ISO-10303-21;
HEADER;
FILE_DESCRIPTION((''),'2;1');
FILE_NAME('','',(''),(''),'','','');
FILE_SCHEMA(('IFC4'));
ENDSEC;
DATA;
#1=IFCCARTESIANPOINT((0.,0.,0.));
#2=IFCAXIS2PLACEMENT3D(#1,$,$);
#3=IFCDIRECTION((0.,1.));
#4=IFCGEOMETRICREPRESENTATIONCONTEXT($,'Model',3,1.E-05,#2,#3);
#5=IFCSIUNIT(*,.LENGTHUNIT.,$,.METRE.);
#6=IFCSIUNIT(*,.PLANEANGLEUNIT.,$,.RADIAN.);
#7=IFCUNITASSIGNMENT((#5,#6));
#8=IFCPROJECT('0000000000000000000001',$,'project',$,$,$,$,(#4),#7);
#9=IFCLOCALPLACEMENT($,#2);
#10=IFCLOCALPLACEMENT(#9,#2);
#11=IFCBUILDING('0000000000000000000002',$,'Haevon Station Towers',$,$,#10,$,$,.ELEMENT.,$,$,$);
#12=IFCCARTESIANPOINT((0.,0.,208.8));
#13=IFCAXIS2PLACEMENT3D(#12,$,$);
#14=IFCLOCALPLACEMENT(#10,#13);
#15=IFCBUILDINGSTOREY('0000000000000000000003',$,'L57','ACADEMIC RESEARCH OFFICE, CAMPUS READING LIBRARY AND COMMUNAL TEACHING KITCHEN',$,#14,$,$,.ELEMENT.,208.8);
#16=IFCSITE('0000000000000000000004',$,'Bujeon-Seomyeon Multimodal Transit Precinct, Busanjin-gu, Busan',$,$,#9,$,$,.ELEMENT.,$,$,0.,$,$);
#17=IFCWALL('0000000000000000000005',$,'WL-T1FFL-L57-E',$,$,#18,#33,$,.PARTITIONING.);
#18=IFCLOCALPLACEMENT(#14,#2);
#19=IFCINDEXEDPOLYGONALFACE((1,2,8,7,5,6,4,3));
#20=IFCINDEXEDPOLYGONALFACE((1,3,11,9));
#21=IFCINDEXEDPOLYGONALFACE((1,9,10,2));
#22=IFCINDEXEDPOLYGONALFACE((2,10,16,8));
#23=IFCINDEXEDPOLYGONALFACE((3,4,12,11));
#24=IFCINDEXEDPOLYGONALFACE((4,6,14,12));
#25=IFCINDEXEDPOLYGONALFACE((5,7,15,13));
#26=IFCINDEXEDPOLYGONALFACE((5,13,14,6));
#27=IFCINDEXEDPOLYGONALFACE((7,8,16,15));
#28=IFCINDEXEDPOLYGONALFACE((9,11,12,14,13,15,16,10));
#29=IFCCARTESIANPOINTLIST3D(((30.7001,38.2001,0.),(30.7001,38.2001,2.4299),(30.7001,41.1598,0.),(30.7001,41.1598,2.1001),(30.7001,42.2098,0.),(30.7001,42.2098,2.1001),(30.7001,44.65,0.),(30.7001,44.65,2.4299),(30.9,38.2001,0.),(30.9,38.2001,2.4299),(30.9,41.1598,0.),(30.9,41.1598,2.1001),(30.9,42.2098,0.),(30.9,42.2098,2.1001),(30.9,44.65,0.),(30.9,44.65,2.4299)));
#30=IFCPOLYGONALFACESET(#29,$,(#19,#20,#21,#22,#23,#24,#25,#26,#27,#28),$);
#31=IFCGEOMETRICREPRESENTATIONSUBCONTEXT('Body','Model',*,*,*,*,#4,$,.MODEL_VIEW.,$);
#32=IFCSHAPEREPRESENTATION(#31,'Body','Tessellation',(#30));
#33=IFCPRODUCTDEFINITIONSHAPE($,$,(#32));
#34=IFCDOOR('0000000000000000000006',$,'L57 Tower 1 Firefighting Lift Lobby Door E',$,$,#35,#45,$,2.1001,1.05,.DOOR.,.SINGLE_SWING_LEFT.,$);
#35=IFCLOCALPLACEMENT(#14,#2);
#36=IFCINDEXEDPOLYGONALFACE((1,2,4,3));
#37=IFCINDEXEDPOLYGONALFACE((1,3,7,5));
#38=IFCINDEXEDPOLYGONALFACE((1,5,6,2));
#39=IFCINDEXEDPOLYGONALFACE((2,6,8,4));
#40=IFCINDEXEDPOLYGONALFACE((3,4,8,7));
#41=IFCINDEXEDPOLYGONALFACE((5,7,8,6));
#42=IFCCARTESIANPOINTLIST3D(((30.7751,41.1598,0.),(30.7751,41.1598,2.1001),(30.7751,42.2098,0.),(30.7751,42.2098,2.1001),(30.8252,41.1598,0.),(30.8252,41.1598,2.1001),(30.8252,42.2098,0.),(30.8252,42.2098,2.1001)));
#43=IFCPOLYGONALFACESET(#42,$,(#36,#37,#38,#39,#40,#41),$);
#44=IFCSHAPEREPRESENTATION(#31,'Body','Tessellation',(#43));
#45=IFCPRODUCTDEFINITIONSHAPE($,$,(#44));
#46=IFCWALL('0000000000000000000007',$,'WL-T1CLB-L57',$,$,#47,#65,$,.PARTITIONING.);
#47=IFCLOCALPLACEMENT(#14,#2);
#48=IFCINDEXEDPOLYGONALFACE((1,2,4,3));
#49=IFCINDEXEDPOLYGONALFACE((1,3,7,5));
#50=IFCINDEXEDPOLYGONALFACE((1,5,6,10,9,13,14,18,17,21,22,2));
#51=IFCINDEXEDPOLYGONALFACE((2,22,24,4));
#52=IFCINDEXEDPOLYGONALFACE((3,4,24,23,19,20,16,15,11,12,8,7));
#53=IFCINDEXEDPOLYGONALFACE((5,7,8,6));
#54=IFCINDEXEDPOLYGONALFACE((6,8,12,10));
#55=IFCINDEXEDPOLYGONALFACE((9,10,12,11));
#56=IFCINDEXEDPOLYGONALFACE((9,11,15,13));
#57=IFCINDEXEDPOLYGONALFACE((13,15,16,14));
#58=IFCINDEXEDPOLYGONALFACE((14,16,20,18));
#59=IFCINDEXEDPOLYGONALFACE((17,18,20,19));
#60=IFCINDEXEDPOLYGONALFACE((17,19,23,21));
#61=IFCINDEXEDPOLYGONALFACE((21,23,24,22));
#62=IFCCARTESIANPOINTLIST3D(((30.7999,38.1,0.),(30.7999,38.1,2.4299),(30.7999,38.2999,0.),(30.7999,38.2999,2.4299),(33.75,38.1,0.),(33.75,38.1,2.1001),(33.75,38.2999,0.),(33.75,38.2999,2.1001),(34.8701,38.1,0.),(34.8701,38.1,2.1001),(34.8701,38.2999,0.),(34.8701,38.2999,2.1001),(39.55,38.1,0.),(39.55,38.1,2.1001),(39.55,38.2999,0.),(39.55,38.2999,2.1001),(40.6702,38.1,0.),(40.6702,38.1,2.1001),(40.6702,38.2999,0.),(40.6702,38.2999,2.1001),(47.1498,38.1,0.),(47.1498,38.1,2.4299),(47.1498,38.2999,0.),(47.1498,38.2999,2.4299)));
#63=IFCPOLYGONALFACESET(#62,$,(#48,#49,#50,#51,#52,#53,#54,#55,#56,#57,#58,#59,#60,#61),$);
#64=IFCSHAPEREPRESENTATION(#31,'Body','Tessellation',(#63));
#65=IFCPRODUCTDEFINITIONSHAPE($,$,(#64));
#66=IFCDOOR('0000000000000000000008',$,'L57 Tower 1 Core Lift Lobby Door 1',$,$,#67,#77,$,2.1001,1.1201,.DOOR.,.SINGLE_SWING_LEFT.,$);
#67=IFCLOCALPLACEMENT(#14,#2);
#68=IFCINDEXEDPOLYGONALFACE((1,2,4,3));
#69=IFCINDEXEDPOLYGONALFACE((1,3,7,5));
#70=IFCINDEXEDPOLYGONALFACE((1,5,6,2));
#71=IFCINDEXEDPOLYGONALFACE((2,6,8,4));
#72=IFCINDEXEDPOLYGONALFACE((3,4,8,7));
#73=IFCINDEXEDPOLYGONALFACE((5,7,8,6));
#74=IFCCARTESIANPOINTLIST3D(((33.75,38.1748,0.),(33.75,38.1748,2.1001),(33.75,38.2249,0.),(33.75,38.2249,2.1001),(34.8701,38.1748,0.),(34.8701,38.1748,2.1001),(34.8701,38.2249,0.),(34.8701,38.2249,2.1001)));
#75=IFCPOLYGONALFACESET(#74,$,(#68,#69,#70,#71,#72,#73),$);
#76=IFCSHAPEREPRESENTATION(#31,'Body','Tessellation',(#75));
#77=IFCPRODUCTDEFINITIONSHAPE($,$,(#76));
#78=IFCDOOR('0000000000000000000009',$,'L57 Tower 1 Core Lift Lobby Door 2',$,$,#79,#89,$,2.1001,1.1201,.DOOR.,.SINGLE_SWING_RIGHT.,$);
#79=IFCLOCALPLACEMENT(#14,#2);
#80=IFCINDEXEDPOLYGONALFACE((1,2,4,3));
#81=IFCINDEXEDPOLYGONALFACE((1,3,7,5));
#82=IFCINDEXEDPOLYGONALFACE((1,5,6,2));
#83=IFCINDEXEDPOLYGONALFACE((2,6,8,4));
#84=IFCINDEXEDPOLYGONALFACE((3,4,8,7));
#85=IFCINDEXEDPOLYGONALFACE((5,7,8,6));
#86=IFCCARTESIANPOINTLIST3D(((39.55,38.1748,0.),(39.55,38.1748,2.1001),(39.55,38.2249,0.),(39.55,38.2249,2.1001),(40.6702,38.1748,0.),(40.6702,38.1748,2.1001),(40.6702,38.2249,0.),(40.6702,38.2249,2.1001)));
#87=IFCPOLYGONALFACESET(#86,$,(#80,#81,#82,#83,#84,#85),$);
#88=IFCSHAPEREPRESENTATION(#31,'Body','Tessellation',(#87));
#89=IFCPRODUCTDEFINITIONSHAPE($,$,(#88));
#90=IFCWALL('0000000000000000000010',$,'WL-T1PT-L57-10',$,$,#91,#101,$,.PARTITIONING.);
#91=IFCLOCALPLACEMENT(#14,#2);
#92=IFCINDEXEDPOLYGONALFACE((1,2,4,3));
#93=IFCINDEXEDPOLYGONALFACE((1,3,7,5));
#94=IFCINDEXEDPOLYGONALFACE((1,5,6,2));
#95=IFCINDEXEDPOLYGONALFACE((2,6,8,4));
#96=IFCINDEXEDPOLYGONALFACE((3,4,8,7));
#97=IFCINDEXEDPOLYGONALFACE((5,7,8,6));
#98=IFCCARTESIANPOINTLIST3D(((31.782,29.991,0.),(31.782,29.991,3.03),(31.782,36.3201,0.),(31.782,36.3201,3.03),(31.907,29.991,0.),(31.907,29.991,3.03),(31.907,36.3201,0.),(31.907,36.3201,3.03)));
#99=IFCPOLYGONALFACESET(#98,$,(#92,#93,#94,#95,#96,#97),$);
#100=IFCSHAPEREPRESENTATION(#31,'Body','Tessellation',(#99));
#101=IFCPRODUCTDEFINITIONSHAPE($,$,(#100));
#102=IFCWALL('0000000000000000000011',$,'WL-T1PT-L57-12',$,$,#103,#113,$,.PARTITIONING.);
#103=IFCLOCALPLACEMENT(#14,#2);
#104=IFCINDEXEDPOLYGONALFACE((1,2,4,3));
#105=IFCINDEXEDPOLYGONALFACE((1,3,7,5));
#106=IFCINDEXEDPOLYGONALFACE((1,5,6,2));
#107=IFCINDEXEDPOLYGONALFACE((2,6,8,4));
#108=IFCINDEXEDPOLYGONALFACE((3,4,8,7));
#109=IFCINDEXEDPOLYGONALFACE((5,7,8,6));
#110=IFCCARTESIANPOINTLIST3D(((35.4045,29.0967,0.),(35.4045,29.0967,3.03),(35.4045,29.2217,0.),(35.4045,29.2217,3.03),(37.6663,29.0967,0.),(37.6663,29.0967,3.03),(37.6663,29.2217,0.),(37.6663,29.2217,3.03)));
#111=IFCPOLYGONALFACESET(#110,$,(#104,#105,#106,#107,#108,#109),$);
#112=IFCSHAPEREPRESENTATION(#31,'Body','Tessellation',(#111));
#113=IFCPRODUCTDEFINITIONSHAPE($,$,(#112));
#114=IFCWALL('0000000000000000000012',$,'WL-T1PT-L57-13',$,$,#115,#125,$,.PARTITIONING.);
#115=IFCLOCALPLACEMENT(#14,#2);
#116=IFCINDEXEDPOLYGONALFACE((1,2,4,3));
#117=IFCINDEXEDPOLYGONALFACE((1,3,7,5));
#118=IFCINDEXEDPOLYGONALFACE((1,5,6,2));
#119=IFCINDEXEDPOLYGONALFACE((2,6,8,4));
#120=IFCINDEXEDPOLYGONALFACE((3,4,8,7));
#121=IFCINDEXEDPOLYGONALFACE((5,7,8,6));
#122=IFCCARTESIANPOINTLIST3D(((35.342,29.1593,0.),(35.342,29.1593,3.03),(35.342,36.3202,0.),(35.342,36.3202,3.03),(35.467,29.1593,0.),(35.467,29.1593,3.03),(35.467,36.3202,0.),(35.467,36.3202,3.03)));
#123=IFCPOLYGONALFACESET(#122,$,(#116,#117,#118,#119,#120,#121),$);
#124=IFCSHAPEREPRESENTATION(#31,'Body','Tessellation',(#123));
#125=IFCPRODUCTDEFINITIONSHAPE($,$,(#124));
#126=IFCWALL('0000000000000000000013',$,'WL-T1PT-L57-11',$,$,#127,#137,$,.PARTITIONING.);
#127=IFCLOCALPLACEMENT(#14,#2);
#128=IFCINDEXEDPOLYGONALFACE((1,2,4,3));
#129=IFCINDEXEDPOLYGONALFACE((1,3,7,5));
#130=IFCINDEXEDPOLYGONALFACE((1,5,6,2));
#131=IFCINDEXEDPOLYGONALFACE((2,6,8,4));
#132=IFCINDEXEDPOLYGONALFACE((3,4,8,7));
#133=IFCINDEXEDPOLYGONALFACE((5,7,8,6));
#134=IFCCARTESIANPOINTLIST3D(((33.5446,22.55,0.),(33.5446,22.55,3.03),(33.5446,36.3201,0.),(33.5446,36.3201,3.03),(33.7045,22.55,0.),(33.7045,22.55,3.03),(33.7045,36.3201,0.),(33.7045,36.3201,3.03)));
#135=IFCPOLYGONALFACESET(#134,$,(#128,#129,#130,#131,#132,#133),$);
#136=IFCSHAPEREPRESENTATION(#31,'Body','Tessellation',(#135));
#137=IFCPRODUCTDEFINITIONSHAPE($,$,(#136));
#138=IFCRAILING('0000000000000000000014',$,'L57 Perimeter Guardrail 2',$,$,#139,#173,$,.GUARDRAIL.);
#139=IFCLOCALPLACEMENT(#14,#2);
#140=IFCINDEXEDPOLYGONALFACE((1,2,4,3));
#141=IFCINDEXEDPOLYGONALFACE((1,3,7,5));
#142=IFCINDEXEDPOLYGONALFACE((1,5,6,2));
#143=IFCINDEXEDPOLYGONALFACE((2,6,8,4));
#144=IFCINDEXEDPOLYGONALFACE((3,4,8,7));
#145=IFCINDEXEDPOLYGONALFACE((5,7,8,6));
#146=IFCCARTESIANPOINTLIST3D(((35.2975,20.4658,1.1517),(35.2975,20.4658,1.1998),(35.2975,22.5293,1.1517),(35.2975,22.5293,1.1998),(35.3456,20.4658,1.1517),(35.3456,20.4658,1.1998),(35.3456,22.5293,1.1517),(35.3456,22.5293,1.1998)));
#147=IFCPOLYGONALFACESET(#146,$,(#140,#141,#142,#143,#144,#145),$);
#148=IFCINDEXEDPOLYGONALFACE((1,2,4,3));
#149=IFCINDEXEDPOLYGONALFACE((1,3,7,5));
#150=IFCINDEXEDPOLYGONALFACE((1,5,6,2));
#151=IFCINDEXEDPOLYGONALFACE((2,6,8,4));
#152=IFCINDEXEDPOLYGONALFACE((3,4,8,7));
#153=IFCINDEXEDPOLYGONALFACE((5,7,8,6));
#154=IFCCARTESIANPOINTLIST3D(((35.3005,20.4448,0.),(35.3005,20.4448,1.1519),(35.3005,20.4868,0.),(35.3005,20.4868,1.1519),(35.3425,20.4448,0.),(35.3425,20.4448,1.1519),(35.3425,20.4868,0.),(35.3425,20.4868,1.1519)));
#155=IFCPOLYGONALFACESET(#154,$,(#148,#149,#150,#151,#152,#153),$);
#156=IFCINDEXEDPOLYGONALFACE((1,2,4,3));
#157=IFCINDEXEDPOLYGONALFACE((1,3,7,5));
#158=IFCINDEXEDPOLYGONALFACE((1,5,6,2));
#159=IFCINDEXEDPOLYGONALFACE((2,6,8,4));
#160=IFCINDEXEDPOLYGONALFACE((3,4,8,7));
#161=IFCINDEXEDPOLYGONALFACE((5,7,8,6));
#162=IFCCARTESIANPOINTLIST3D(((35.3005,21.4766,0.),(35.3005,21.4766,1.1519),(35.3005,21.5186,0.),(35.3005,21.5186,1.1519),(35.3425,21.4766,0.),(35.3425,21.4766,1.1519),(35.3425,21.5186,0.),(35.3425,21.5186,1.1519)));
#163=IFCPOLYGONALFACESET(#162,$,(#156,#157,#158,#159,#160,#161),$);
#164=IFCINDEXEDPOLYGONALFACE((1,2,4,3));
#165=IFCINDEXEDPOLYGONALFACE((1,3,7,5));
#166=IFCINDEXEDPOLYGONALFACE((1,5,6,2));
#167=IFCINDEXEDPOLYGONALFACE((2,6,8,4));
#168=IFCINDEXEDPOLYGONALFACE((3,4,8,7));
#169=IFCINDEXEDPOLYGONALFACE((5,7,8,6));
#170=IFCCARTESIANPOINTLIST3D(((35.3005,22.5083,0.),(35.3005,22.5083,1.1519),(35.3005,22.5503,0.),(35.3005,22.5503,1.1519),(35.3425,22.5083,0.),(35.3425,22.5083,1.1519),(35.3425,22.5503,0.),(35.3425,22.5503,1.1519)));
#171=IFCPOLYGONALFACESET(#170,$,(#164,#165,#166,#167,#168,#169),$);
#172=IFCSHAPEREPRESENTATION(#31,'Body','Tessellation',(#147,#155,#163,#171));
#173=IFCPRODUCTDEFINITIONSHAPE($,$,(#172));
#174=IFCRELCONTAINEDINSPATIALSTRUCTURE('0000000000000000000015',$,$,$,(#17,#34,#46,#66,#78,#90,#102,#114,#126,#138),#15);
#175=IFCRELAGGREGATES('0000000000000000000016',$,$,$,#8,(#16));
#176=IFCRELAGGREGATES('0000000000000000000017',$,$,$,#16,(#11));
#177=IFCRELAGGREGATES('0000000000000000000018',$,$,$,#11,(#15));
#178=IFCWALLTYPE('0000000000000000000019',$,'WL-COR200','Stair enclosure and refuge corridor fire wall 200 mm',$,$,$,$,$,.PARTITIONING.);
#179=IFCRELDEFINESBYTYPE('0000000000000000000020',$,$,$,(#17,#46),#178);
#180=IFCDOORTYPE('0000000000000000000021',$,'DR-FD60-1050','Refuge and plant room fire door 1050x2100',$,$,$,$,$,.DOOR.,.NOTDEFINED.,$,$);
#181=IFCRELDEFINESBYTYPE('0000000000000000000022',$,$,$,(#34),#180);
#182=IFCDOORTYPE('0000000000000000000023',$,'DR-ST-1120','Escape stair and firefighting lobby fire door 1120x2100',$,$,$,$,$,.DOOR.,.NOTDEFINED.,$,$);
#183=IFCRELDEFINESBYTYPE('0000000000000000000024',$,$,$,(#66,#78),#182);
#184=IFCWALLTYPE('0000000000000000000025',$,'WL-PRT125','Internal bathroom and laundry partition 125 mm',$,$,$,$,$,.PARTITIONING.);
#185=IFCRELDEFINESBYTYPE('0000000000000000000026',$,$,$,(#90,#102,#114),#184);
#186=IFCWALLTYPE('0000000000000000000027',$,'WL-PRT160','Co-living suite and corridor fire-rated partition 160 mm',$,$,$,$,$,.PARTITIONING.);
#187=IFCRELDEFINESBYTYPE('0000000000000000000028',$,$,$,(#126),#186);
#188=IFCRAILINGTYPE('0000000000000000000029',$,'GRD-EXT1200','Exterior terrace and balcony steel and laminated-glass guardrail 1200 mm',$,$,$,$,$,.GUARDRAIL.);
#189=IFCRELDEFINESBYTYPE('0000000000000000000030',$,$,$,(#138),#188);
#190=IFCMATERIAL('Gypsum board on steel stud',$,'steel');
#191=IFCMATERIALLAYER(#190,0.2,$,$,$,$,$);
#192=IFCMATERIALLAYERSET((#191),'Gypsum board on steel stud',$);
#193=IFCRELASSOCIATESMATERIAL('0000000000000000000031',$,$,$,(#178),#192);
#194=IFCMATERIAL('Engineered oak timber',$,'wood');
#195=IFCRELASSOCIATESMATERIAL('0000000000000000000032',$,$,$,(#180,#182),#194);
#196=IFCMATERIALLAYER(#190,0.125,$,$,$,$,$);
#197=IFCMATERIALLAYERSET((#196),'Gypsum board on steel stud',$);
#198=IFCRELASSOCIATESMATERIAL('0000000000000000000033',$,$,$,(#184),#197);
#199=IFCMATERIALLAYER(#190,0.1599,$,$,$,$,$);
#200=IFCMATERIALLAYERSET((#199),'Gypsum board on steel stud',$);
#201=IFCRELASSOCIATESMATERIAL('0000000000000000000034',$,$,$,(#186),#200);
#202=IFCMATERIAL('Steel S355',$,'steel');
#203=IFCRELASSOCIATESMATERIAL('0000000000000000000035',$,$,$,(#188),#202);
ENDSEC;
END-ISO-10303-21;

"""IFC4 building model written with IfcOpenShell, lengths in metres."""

from ifc_helpers import new_model, si_unit, direction, frame, frame_2d, origin, origin_2d, place, context, subcontext, project, spatial, rectangle, extrude, material, layer, layer_set, type_object, element, fill, save


model = new_model("IFC4")

# Units and contexts
model_context = context("Model", 3, precision=1e-05, world=origin(), true_north=direction((0.0, 1.0)))
body_context = subcontext(model_context, "Body", "Model", "MODEL_VIEW")
ifc_project = project(units=[si_unit("LENGTHUNIT", "METRE"), si_unit("PLANEANGLEUNIT", "RADIAN")], contexts=[model_context])

# Site, building, storey
site_placement = place(None, origin())
site = spatial("IfcSite", under=ifc_project, at=site_placement, Name="Bujeon-Seomyeon Multimodal Transit Precinct, Busanjin-gu, Busan", CompositionType="ELEMENT", RefElevation=0.0)
building_placement = place(site_placement, origin())
building = spatial("IfcBuilding", under=site, at=building_placement, Name="Haevon Station Towers", CompositionType="ELEMENT")
storey_placement = place(building_placement, frame((0.0, 0.0, 208.8)))
storey = spatial("IfcBuildingStorey", under=building, at=storey_placement, Name="L57", Description="ACADEMIC RESEARCH OFFICE, CAMPUS READING LIBRARY AND COMMUNAL TEACHING KITCHEN", CompositionType="ELEMENT", Elevation=208.8)

# Shared definitions
ifc_material_1 = material(Name="Steel S355", Category="steel")

# Wall, opening, door
ifc_material_2 = material(Name="Gypsum board on steel stud", Category="steel")
ifc_layer_1 = layer(ifc_material_2, 0.2)
ifc_layer_set_1 = layer_set([ifc_layer_1], Name="Gypsum board on steel stud")
wall_type_1 = type_object("IfcWallType", Name="WL-COR200", Description="Stair enclosure and refuge corridor fire wall 200 mm", PredefinedType="PARTITIONING", material=ifc_layer_set_1)
wall_1_placement = place(storey_placement, frame((30.8, 38.2, 0.0), z_axis=(0.0, 0.0, 1.0), x_axis=(0.0, 1.0, 0.0)))
wall_1 = element("IfcWall", 1, at=wall_1_placement, inside=storey, type_object=wall_type_1, Name="WL-T1FFL-L57-E", PredefinedType="PARTITIONING", context=body_context, shape_type="SweptSolid", body=[
    extrude(rectangle(XDim=6.45, YDim=0.2, at=frame_2d((3.2251, 0.0))), origin(), (0.0, 0.0, 1.0), 2.4299),
])
opening_1_placement = place(wall_1_placement, frame((2.96, 0.0, 0.0)))
opening_1 = element("IfcOpeningElement", 2, at=opening_1_placement, cuts=wall_1, PredefinedType="OPENING", context=body_context, shape_type="SweptSolid", body=[
    extrude(rectangle(XDim=1.05, YDim=2.1001, at=frame_2d((0.5249, 1.05))), frame((0.0, 0.1099, 0.0), z_axis=(0.0, -1.0, 0.0), x_axis=(1.0, 0.0, 0.0)), (0.0, 0.0, 1.0), 0.22),
])
ifc_material_3 = material(Name="Engineered oak timber", Category="wood")
door_type_1 = type_object("IfcDoorType", Name="DR-FD60-1050", Description="Refuge and plant room fire door 1050x2100", OperationType="NOTDEFINED", PredefinedType="DOOR", material=ifc_material_3)
door_1_placement = place(opening_1_placement, origin())
door_1 = element("IfcDoor", 3, at=door_1_placement, inside=storey, type_object=door_type_1, Name="L57 Tower 1 Firefighting Lift Lobby Door E", OperationType="SINGLE_SWING_LEFT", OverallHeight=2.1001, OverallWidth=1.05, PredefinedType="DOOR", context=body_context, shape_type="SweptSolid", body=[
    extrude(rectangle(XDim=1.05, YDim=2.1001, at=frame_2d((0.5249, 1.05))), frame((0.0, 0.0249, 0.0), z_axis=(0.0, -1.0, 0.0), x_axis=(1.0, 0.0, 0.0)), (0.0, 0.0, 1.0), 0.05),
])
fill(opening_1, door_1)

# Wall, openings, doors
wall_2_placement = place(storey_placement, frame((30.8, 38.2, 0.0), z_axis=(0.0, 0.0, 1.0), x_axis=(1.0, 0.0, 0.0)))
wall_2 = element("IfcWall", 4, at=wall_2_placement, inside=storey, type_object=wall_type_1, Name="WL-T1CLB-L57", PredefinedType="PARTITIONING", context=body_context, shape_type="SweptSolid", body=[
    extrude(rectangle(XDim=16.3499, YDim=0.2, at=frame_2d((8.1748, 0.0))), origin(), (0.0, 0.0, 1.0), 2.4299),
])
opening_2_placement = place(wall_2_placement, frame((2.95, 0.0, 0.0)))
opening_2 = element("IfcOpeningElement", 5, at=opening_2_placement, cuts=wall_2, PredefinedType="OPENING", context=body_context, shape_type="SweptSolid", body=[
    extrude(rectangle(XDim=1.1201, YDim=2.1001, at=frame_2d((0.5601, 1.05))), frame((0.0, 0.1099, 0.0), z_axis=(0.0, -1.0, 0.0), x_axis=(1.0, 0.0, 0.0)), (0.0, 0.0, 1.0), 0.22),
])
opening_3_placement = place(wall_2_placement, frame((8.75, 0.0, 0.0)))
opening_3 = element("IfcOpeningElement", 6, at=opening_3_placement, cuts=wall_2, PredefinedType="OPENING", context=body_context, shape_type="SweptSolid", body=[
    extrude(rectangle(XDim=1.1201, YDim=2.1001, at=frame_2d((0.5601, 1.05))), frame((0.0, 0.1099, 0.0), z_axis=(0.0, -1.0, 0.0), x_axis=(1.0, 0.0, 0.0)), (0.0, 0.0, 1.0), 0.22),
])
door_type_2 = type_object("IfcDoorType", Name="DR-ST-1120", Description="Escape stair and firefighting lobby fire door 1120x2100", OperationType="NOTDEFINED", PredefinedType="DOOR", material=ifc_material_3)
door_2_placement = place(opening_2_placement, origin())
door_2 = element("IfcDoor", 7, at=door_2_placement, inside=storey, type_object=door_type_2, Name="L57 Tower 1 Core Lift Lobby Door 1", OperationType="SINGLE_SWING_LEFT", OverallHeight=2.1001, OverallWidth=1.1201, PredefinedType="DOOR", context=body_context, shape_type="SweptSolid", body=[
    extrude(rectangle(XDim=1.1201, YDim=2.1001, at=frame_2d((0.5601, 1.05))), frame((0.0, 0.0249, 0.0), z_axis=(0.0, -1.0, 0.0), x_axis=(1.0, 0.0, 0.0)), (0.0, 0.0, 1.0), 0.05),
])
fill(opening_2, door_2)
door_3_placement = place(opening_3_placement, origin())
door_3 = element("IfcDoor", 8, at=door_3_placement, inside=storey, type_object=door_type_2, Name="L57 Tower 1 Core Lift Lobby Door 2", OperationType="SINGLE_SWING_RIGHT", OverallHeight=2.1001, OverallWidth=1.1201, PredefinedType="DOOR", context=body_context, shape_type="SweptSolid", body=[
    extrude(rectangle(XDim=1.1201, YDim=2.1001, at=frame_2d((0.5601, 1.05))), frame((0.0, 0.0249, 0.0), z_axis=(0.0, -1.0, 0.0), x_axis=(1.0, 0.0, 0.0)), (0.0, 0.0, 1.0), 0.05),
])
fill(opening_3, door_3)

# Walls
ifc_layer_2 = layer(ifc_material_2, 0.125)
ifc_layer_set_2 = layer_set([ifc_layer_2], Name="Gypsum board on steel stud")
wall_type_2 = type_object("IfcWallType", Name="WL-PRT125", Description="Internal bathroom and laundry partition 125 mm", PredefinedType="PARTITIONING", material=ifc_layer_set_2)
wall_3_placement = place(storey_placement, frame((31.8445, 29.991, 0.0), z_axis=(0.0, 0.0, 1.0), x_axis=(0.0, 1.0, 0.0)))
element("IfcWall", 9, at=wall_3_placement, inside=storey, type_object=wall_type_2, Name="WL-T1PT-L57-10", PredefinedType="PARTITIONING", context=body_context, shape_type="SweptSolid", body=[
    extrude(rectangle(XDim=6.3291, YDim=0.125, at=frame_2d((3.1646, 0.0))), origin(), (0.0, 0.0, 1.0), 3.03),
])
wall_4_placement = place(storey_placement, frame((35.4045, 29.1592, 0.0), z_axis=(0.0, 0.0, 1.0), x_axis=(1.0, 0.0, 0.0)))
element("IfcWall", 10, at=wall_4_placement, inside=storey, type_object=wall_type_2, Name="WL-T1PT-L57-12", PredefinedType="PARTITIONING", context=body_context, shape_type="SweptSolid", body=[
    extrude(rectangle(XDim=2.2617, YDim=0.125, at=frame_2d((1.1309, 0.0))), origin(), (0.0, 0.0, 1.0), 3.03),
])
wall_5_placement = place(storey_placement, frame((35.4045, 29.1592, 0.0), z_axis=(0.0, 0.0, 1.0), x_axis=(0.0, 1.0, 0.0)))
element("IfcWall", 11, at=wall_5_placement, inside=storey, type_object=wall_type_2, Name="WL-T1PT-L57-13", PredefinedType="PARTITIONING", context=body_context, shape_type="SweptSolid", body=[
    extrude(rectangle(XDim=7.1609, YDim=0.125, at=frame_2d((3.5806, 0.0))), origin(), (0.0, 0.0, 1.0), 3.03),
])
ifc_layer_3 = layer(ifc_material_2, 0.1599)
ifc_layer_set_3 = layer_set([ifc_layer_3], Name="Gypsum board on steel stud")
wall_type_3 = type_object("IfcWallType", Name="WL-PRT160", Description="Co-living suite and corridor fire-rated partition 160 mm", PredefinedType="PARTITIONING", material=ifc_layer_set_3)
wall_6_placement = place(storey_placement, frame((33.6245, 22.55, 0.0), z_axis=(0.0, 0.0, 1.0), x_axis=(0.0, 1.0, 0.0)))
element("IfcWall", 12, at=wall_6_placement, inside=storey, type_object=wall_type_3, Name="WL-T1PT-L57-11", PredefinedType="PARTITIONING", context=body_context, shape_type="SweptSolid", body=[
    extrude(rectangle(XDim=13.77, YDim=0.1599, at=frame_2d((6.885, 0.0))), origin(), (0.0, 0.0, 1.0), 3.03),
])

# Railing
railing_type = type_object("IfcRailingType", Name="GRD-EXT1200", Description="Exterior terrace and balcony steel and laminated-glass guardrail 1200 mm", PredefinedType="GUARDRAIL", material=ifc_material_1)
railing_placement = place(storey_placement, frame((35.3215, 20.4658, 0.0)))
element("IfcRailing", 13, at=railing_placement, inside=storey, type_object=railing_type, Name="L57 Perimeter Guardrail 2", PredefinedType="GUARDRAIL", context=body_context, shape_type="SweptSolid", body=[
    extrude(rectangle(XDim=0.0481, YDim=0.0481, at=origin_2d()), frame((0.0, 0.0, 1.1758), z_axis=(0.0, 1.0, 0.0), x_axis=(-1.0, 0.0, 0.0)), (0.0, 0.0, 1.0), 2.0635),
    extrude(rectangle(XDim=0.042, YDim=0.042, at=origin_2d()), origin(), (0.0, 0.0, 1.0), 1.1519),
    extrude(rectangle(XDim=0.042, YDim=0.042, at=origin_2d()), frame((0.0, 1.0317, 0.0)), (0.0, 0.0, 1.0), 1.1519),
    extrude(rectangle(XDim=0.042, YDim=0.042, at=origin_2d()), frame((0.0, 2.0635, 0.0)), (0.0, 0.0, 1.0), 1.1519),
])

save(model, "model.ifc")
